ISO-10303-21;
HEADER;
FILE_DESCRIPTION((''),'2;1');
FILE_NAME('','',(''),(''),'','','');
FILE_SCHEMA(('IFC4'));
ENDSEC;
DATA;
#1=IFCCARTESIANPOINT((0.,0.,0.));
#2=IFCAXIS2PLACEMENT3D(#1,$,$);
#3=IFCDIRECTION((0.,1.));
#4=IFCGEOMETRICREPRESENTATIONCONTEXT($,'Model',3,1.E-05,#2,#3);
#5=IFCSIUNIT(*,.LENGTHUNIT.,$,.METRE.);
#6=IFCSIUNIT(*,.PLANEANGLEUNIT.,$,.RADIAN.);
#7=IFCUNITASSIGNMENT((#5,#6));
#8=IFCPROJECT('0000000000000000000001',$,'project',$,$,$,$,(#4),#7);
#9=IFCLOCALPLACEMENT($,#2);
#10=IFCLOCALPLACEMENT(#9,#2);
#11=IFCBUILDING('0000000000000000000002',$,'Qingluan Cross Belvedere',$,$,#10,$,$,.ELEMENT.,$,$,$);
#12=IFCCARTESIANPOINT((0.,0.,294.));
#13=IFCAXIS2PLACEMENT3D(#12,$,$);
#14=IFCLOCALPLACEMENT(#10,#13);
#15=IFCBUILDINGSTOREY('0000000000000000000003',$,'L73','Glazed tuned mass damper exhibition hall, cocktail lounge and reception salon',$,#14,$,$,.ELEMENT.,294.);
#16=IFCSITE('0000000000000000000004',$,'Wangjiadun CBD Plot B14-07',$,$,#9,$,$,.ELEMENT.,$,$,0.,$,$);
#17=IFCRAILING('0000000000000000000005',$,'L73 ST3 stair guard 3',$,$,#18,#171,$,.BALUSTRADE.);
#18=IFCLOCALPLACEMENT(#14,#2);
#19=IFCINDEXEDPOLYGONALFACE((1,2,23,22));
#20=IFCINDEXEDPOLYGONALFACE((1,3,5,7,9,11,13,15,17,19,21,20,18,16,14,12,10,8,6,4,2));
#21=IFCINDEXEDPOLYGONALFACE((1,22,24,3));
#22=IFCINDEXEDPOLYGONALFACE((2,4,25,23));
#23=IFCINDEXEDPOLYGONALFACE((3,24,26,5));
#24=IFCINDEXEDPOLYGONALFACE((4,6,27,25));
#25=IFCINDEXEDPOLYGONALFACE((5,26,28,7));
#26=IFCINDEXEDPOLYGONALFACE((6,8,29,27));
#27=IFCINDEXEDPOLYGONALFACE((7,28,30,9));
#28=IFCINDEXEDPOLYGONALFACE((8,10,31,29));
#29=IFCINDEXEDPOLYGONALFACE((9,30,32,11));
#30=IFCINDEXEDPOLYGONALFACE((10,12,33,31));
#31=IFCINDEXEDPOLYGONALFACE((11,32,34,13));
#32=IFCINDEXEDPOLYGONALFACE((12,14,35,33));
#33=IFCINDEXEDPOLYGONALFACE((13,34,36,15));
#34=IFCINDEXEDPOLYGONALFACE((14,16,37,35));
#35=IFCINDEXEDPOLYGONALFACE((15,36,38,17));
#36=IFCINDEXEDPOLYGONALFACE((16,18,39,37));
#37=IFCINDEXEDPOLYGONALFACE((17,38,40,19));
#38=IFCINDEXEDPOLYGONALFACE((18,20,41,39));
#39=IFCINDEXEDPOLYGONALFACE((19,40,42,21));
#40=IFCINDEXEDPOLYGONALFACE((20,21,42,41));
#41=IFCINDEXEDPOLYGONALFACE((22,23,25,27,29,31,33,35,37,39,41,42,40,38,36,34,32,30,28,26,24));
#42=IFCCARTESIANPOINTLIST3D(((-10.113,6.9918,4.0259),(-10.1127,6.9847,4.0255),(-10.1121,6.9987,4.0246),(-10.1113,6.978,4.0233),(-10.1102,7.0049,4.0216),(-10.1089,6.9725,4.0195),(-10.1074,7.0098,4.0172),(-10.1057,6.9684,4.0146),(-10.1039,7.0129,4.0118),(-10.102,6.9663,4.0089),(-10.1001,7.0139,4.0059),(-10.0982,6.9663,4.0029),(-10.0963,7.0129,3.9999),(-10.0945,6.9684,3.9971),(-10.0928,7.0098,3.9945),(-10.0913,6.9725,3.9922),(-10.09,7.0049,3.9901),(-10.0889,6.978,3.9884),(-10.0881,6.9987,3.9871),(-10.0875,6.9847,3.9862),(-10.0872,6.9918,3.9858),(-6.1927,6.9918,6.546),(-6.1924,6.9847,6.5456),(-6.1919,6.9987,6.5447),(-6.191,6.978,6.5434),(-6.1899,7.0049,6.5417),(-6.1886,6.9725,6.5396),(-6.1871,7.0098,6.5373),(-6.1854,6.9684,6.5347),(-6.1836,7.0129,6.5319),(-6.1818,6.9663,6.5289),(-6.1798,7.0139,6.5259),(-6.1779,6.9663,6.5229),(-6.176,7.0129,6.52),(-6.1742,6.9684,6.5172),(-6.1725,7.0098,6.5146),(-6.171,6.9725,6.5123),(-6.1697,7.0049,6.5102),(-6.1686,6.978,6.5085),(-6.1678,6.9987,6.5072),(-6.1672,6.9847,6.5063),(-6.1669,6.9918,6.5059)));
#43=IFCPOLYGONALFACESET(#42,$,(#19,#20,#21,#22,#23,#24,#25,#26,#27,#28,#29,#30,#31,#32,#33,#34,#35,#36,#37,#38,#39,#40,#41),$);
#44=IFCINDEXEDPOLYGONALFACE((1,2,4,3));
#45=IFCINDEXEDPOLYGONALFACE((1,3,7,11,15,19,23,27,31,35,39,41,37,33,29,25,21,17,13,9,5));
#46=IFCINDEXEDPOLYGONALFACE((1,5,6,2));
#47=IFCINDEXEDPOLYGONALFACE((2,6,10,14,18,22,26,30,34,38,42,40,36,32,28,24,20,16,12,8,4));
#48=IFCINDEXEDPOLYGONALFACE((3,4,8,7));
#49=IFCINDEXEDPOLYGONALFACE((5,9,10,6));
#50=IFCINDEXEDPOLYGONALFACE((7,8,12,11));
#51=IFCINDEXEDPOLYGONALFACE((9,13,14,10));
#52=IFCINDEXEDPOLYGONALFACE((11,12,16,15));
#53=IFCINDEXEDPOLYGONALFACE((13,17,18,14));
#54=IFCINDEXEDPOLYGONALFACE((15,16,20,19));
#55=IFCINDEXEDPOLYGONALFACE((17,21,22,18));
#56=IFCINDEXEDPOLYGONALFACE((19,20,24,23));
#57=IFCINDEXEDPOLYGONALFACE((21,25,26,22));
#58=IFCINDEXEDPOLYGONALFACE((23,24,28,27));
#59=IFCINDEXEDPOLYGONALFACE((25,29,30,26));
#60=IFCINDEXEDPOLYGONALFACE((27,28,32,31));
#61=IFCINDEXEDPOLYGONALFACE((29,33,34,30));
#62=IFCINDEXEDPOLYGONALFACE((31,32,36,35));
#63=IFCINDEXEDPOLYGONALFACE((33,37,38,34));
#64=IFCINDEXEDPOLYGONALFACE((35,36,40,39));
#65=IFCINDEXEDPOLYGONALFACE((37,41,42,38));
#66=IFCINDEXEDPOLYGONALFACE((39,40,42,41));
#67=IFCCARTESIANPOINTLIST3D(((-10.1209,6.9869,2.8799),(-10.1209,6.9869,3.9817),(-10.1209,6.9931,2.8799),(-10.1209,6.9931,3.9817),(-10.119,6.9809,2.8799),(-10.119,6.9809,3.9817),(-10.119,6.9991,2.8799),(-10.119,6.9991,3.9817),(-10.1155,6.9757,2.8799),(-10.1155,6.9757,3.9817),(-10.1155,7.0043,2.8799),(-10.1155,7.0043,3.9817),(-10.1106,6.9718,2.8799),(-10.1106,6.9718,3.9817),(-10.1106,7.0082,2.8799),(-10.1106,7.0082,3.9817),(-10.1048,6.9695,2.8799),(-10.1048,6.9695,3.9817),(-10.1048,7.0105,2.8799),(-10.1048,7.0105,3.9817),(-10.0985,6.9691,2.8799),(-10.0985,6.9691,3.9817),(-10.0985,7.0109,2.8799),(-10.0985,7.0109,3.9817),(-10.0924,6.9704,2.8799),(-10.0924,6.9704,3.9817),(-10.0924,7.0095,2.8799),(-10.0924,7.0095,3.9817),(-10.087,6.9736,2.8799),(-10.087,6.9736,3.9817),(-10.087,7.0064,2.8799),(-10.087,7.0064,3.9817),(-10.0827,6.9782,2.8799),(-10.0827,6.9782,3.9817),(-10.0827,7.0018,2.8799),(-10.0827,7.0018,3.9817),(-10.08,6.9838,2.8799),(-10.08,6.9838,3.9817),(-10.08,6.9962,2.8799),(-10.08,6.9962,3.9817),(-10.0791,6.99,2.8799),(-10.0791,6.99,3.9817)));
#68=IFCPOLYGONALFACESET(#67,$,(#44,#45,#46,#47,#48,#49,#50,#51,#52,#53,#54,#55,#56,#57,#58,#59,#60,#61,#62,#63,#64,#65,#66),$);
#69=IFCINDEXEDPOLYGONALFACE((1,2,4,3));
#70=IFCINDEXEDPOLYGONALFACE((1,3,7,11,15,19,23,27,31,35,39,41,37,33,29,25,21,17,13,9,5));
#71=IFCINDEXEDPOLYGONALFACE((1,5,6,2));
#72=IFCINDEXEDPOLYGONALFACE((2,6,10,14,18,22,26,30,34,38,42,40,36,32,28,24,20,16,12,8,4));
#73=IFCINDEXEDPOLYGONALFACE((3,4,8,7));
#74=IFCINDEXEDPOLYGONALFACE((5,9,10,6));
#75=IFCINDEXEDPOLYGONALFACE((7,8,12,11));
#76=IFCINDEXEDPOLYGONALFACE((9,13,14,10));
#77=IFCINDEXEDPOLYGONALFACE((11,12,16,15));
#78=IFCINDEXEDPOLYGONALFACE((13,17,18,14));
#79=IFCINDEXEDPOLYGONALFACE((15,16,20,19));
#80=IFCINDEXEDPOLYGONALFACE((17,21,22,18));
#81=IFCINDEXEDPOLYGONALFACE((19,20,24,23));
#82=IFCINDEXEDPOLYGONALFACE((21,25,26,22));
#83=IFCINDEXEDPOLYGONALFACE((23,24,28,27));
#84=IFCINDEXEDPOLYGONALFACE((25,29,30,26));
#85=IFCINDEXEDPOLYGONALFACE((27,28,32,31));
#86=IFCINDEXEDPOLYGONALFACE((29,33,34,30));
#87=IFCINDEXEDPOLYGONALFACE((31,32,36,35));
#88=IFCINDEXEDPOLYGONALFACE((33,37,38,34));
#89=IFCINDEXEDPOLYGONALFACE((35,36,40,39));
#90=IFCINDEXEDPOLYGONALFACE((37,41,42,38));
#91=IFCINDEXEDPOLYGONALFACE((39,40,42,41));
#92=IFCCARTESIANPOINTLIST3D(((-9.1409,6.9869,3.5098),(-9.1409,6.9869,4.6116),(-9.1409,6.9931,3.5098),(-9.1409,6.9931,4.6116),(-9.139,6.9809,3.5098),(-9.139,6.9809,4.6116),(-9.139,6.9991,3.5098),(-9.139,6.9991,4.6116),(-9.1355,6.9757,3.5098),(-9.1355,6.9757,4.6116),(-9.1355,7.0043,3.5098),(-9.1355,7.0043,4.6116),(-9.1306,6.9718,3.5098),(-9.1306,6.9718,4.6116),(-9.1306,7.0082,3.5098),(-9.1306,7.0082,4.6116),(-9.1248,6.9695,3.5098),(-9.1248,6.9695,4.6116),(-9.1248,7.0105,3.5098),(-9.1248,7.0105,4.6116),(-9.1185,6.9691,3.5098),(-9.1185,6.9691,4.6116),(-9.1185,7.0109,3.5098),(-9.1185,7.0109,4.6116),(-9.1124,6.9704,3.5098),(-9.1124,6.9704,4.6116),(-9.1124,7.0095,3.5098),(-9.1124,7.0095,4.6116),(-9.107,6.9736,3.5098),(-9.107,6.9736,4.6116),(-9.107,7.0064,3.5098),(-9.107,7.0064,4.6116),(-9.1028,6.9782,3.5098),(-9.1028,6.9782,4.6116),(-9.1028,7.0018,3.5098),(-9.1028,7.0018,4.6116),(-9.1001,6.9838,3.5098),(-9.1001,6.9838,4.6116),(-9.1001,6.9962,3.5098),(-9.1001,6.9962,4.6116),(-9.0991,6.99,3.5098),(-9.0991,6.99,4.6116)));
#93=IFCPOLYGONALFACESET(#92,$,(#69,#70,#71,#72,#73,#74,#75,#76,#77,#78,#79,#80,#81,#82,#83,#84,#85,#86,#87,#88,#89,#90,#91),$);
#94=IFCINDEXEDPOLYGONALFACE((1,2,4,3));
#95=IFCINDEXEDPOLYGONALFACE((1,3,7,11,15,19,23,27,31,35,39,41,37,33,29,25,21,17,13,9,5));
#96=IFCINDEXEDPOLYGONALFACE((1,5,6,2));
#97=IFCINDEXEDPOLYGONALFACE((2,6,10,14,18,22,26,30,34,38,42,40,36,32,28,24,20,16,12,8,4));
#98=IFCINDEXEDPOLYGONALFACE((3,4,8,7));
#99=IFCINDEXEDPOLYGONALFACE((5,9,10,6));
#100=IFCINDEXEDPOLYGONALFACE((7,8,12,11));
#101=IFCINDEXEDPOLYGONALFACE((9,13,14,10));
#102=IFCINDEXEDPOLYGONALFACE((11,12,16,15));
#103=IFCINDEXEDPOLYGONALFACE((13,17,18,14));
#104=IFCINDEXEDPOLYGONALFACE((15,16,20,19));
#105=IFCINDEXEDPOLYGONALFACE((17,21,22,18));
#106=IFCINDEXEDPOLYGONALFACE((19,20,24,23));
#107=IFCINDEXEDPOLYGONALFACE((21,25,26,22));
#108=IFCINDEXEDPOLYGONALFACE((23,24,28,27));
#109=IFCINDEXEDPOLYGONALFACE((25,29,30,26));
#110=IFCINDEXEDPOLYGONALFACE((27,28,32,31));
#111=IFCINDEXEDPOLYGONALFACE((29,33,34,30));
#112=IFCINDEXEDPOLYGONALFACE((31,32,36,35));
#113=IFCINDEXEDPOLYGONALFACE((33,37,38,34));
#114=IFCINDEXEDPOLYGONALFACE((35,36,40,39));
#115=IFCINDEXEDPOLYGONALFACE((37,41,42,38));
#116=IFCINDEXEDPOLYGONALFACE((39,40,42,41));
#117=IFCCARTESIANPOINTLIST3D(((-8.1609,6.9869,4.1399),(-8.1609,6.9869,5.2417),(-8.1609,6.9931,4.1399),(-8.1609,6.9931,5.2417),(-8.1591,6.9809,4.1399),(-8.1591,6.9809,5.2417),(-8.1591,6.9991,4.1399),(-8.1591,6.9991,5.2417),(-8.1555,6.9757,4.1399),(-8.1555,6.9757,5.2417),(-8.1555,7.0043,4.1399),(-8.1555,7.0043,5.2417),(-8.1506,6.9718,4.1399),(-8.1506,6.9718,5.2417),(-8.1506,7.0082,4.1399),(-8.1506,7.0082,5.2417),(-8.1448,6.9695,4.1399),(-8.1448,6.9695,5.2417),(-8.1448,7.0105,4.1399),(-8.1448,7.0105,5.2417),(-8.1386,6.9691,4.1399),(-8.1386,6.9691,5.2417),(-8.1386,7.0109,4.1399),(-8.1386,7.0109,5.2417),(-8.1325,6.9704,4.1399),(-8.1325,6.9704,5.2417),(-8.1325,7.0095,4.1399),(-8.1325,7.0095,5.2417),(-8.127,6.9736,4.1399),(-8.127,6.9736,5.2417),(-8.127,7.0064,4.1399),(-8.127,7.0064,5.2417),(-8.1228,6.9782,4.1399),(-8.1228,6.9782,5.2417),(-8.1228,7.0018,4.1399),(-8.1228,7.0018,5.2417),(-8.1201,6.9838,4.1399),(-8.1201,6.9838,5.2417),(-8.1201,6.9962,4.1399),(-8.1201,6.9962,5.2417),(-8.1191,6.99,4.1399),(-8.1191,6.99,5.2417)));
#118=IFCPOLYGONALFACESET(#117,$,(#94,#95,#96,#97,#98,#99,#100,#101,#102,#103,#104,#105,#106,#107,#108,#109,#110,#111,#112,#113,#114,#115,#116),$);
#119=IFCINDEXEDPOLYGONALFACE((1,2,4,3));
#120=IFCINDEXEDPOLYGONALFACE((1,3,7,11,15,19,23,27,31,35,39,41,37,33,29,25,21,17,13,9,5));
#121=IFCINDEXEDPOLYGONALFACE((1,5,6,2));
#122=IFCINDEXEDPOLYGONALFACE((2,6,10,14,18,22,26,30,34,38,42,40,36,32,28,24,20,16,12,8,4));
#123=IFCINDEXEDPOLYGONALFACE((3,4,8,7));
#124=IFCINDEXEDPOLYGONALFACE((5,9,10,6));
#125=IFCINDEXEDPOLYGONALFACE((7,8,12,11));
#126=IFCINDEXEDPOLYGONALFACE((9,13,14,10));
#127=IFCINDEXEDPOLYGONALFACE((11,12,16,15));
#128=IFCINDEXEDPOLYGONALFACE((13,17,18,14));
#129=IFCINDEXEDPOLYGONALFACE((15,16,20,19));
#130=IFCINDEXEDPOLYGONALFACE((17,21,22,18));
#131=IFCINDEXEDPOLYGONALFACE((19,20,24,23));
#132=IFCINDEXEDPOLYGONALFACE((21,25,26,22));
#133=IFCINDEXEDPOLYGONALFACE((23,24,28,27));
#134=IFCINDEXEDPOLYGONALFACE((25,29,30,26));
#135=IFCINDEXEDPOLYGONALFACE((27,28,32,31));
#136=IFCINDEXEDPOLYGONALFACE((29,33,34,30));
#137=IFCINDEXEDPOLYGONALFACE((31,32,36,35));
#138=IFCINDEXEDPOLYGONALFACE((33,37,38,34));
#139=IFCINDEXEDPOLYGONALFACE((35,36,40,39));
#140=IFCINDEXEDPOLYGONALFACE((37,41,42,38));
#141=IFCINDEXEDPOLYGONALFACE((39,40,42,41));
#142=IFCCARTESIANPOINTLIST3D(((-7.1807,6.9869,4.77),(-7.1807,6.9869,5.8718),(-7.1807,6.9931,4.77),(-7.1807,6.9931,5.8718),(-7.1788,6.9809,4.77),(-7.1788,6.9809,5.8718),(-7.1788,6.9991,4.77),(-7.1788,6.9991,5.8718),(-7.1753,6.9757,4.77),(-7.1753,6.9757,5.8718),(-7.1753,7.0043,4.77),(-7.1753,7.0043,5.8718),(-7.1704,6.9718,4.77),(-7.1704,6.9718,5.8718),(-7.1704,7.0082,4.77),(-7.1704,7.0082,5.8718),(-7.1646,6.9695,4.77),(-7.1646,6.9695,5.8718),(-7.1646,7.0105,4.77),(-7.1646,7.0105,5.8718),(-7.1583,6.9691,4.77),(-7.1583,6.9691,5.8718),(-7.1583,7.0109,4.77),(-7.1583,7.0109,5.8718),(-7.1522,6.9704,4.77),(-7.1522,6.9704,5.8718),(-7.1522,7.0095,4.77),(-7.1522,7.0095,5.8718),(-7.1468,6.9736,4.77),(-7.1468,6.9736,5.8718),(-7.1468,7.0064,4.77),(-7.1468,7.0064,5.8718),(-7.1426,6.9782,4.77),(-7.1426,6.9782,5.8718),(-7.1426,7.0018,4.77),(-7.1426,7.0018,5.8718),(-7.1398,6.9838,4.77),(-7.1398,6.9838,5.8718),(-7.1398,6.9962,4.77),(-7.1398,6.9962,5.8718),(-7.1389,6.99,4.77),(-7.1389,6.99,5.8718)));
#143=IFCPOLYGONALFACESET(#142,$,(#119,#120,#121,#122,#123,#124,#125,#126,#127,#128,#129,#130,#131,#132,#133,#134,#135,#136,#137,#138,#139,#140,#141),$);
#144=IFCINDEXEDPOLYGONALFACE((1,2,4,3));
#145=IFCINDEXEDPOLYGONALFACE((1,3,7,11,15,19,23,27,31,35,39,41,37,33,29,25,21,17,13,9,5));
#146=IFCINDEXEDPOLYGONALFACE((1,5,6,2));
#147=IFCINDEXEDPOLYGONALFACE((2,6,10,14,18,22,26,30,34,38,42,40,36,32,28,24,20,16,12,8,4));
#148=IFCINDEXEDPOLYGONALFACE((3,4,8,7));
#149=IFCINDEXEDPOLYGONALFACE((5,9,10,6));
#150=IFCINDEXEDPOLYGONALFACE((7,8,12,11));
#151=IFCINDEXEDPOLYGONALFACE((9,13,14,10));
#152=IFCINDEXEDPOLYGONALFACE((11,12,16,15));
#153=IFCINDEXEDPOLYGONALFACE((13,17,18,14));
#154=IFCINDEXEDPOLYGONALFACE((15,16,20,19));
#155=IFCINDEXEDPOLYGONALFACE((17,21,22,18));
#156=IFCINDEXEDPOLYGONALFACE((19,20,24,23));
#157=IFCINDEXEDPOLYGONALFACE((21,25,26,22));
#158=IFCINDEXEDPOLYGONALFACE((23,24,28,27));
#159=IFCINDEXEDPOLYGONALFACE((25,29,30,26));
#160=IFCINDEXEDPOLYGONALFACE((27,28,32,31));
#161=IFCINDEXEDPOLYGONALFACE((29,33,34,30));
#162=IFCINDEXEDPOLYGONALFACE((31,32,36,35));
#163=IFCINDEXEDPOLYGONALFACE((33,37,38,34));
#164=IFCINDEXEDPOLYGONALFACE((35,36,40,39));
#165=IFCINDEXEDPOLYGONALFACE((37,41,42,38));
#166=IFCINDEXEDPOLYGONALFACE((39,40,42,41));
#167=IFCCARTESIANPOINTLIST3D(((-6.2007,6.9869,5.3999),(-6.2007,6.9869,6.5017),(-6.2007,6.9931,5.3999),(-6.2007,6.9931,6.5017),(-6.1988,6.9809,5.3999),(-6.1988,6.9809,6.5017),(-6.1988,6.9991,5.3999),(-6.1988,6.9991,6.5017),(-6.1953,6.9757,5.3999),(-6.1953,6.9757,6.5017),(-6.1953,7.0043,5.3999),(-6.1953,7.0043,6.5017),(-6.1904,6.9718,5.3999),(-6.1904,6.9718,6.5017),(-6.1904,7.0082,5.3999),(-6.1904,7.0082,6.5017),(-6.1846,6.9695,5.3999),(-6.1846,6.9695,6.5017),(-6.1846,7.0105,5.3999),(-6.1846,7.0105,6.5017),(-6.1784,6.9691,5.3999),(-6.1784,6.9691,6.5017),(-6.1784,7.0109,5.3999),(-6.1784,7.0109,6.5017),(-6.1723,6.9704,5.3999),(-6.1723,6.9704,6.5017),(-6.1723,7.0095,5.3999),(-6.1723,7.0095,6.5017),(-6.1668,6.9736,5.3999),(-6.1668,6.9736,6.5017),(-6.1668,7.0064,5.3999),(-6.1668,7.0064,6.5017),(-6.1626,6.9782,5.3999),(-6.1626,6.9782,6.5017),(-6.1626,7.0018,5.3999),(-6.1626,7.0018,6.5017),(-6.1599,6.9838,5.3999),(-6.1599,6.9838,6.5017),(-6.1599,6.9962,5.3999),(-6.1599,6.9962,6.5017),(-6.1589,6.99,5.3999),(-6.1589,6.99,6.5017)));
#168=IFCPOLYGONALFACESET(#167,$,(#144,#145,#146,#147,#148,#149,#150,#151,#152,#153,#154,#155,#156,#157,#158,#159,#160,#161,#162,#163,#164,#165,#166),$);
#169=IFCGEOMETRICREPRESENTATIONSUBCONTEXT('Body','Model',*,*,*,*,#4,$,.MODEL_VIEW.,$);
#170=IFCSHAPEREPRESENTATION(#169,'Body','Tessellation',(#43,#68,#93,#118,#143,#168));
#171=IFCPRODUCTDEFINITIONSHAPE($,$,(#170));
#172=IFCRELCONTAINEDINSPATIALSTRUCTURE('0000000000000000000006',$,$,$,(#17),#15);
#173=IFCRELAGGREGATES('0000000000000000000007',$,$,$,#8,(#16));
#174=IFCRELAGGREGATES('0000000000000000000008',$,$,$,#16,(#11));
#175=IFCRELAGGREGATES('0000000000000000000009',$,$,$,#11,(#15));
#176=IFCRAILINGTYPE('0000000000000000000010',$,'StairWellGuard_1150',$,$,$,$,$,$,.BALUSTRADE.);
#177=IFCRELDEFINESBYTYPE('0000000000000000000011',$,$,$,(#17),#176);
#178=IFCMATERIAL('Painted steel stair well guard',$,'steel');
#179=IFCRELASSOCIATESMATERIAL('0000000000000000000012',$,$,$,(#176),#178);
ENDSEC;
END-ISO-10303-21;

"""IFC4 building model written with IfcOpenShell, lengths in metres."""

from ifc_helpers import new_model, si_unit, direction, frame, origin, origin_2d, place, context, subcontext, project, spatial, circle, extrude, material, type_object, element, save


model = new_model("IFC4")

# Units and contexts
model_context = context("Model", 3, precision=1e-05, world=origin(), true_north=direction((0.0, 1.0)))
body_context = subcontext(model_context, "Body", "Model", "MODEL_VIEW")
ifc_project = project(units=[si_unit("LENGTHUNIT", "METRE"), si_unit("PLANEANGLEUNIT", "RADIAN")], contexts=[model_context])

# Site, building, storey
site_placement = place(None, origin())
site = spatial("IfcSite", under=ifc_project, at=site_placement, Name="Wangjiadun CBD Plot B14-07", CompositionType="ELEMENT", RefElevation=0.0)
building_placement = place(site_placement, origin())
building = spatial("IfcBuilding", under=site, at=building_placement, Name="Qingluan Cross Belvedere", CompositionType="ELEMENT")
storey_placement = place(building_placement, frame((0.0, 0.0, 294.0)))
storey = spatial("IfcBuildingStorey", under=building, at=storey_placement, Name="L73", Description="Glazed tuned mass damper exhibition hall, cocktail lounge and reception salon", CompositionType="ELEMENT", Elevation=294.0)

# Railing
ifc_material_1 = material(Name="Painted steel stair well guard", Category="steel")
railing_type_1 = type_object("IfcRailingType", Name="StairWellGuard_1150", PredefinedType="BALUSTRADE", material=ifc_material_1)
railing_1_placement = place(storey_placement, frame((-10.1001, 6.99, 2.8799)))
element("IfcRailing", 1, at=railing_1_placement, inside=storey, type_object=railing_type_1, Name="L73 ST3 stair guard 3", PredefinedType="BALUSTRADE", context=body_context, shape_type="SweptSolid", body=[
    extrude(circle(Radius=0.0239, at=origin_2d()), frame((0.0, 0.0, 1.126), z_axis=(0.841187, 0.0, 0.540744), x_axis=(0.0, 1.0, 0.0)), (0.0, 0.0, 1.0), 4.6604),
    extrude(circle(Radius=0.021, at=origin_2d()), origin(), (0.0, 0.0, 1.0), 1.1018),
    extrude(circle(Radius=0.021, at=origin_2d()), frame((0.98, 0.0, 0.6299)), (0.0, 0.0, 1.0), 1.1018),
    extrude(circle(Radius=0.021, at=origin_2d()), frame((1.96, 0.0, 1.26)), (0.0, 0.0, 1.0), 1.1018),
    extrude(circle(Radius=0.021, at=origin_2d()), frame((2.9402, 0.0, 1.8901)), (0.0, 0.0, 1.0), 1.1018),
    extrude(circle(Radius=0.021, at=origin_2d()), frame((3.9202, 0.0, 2.52)), (0.0, 0.0, 1.0), 1.1018),
])

save(model, "model.ifc")
